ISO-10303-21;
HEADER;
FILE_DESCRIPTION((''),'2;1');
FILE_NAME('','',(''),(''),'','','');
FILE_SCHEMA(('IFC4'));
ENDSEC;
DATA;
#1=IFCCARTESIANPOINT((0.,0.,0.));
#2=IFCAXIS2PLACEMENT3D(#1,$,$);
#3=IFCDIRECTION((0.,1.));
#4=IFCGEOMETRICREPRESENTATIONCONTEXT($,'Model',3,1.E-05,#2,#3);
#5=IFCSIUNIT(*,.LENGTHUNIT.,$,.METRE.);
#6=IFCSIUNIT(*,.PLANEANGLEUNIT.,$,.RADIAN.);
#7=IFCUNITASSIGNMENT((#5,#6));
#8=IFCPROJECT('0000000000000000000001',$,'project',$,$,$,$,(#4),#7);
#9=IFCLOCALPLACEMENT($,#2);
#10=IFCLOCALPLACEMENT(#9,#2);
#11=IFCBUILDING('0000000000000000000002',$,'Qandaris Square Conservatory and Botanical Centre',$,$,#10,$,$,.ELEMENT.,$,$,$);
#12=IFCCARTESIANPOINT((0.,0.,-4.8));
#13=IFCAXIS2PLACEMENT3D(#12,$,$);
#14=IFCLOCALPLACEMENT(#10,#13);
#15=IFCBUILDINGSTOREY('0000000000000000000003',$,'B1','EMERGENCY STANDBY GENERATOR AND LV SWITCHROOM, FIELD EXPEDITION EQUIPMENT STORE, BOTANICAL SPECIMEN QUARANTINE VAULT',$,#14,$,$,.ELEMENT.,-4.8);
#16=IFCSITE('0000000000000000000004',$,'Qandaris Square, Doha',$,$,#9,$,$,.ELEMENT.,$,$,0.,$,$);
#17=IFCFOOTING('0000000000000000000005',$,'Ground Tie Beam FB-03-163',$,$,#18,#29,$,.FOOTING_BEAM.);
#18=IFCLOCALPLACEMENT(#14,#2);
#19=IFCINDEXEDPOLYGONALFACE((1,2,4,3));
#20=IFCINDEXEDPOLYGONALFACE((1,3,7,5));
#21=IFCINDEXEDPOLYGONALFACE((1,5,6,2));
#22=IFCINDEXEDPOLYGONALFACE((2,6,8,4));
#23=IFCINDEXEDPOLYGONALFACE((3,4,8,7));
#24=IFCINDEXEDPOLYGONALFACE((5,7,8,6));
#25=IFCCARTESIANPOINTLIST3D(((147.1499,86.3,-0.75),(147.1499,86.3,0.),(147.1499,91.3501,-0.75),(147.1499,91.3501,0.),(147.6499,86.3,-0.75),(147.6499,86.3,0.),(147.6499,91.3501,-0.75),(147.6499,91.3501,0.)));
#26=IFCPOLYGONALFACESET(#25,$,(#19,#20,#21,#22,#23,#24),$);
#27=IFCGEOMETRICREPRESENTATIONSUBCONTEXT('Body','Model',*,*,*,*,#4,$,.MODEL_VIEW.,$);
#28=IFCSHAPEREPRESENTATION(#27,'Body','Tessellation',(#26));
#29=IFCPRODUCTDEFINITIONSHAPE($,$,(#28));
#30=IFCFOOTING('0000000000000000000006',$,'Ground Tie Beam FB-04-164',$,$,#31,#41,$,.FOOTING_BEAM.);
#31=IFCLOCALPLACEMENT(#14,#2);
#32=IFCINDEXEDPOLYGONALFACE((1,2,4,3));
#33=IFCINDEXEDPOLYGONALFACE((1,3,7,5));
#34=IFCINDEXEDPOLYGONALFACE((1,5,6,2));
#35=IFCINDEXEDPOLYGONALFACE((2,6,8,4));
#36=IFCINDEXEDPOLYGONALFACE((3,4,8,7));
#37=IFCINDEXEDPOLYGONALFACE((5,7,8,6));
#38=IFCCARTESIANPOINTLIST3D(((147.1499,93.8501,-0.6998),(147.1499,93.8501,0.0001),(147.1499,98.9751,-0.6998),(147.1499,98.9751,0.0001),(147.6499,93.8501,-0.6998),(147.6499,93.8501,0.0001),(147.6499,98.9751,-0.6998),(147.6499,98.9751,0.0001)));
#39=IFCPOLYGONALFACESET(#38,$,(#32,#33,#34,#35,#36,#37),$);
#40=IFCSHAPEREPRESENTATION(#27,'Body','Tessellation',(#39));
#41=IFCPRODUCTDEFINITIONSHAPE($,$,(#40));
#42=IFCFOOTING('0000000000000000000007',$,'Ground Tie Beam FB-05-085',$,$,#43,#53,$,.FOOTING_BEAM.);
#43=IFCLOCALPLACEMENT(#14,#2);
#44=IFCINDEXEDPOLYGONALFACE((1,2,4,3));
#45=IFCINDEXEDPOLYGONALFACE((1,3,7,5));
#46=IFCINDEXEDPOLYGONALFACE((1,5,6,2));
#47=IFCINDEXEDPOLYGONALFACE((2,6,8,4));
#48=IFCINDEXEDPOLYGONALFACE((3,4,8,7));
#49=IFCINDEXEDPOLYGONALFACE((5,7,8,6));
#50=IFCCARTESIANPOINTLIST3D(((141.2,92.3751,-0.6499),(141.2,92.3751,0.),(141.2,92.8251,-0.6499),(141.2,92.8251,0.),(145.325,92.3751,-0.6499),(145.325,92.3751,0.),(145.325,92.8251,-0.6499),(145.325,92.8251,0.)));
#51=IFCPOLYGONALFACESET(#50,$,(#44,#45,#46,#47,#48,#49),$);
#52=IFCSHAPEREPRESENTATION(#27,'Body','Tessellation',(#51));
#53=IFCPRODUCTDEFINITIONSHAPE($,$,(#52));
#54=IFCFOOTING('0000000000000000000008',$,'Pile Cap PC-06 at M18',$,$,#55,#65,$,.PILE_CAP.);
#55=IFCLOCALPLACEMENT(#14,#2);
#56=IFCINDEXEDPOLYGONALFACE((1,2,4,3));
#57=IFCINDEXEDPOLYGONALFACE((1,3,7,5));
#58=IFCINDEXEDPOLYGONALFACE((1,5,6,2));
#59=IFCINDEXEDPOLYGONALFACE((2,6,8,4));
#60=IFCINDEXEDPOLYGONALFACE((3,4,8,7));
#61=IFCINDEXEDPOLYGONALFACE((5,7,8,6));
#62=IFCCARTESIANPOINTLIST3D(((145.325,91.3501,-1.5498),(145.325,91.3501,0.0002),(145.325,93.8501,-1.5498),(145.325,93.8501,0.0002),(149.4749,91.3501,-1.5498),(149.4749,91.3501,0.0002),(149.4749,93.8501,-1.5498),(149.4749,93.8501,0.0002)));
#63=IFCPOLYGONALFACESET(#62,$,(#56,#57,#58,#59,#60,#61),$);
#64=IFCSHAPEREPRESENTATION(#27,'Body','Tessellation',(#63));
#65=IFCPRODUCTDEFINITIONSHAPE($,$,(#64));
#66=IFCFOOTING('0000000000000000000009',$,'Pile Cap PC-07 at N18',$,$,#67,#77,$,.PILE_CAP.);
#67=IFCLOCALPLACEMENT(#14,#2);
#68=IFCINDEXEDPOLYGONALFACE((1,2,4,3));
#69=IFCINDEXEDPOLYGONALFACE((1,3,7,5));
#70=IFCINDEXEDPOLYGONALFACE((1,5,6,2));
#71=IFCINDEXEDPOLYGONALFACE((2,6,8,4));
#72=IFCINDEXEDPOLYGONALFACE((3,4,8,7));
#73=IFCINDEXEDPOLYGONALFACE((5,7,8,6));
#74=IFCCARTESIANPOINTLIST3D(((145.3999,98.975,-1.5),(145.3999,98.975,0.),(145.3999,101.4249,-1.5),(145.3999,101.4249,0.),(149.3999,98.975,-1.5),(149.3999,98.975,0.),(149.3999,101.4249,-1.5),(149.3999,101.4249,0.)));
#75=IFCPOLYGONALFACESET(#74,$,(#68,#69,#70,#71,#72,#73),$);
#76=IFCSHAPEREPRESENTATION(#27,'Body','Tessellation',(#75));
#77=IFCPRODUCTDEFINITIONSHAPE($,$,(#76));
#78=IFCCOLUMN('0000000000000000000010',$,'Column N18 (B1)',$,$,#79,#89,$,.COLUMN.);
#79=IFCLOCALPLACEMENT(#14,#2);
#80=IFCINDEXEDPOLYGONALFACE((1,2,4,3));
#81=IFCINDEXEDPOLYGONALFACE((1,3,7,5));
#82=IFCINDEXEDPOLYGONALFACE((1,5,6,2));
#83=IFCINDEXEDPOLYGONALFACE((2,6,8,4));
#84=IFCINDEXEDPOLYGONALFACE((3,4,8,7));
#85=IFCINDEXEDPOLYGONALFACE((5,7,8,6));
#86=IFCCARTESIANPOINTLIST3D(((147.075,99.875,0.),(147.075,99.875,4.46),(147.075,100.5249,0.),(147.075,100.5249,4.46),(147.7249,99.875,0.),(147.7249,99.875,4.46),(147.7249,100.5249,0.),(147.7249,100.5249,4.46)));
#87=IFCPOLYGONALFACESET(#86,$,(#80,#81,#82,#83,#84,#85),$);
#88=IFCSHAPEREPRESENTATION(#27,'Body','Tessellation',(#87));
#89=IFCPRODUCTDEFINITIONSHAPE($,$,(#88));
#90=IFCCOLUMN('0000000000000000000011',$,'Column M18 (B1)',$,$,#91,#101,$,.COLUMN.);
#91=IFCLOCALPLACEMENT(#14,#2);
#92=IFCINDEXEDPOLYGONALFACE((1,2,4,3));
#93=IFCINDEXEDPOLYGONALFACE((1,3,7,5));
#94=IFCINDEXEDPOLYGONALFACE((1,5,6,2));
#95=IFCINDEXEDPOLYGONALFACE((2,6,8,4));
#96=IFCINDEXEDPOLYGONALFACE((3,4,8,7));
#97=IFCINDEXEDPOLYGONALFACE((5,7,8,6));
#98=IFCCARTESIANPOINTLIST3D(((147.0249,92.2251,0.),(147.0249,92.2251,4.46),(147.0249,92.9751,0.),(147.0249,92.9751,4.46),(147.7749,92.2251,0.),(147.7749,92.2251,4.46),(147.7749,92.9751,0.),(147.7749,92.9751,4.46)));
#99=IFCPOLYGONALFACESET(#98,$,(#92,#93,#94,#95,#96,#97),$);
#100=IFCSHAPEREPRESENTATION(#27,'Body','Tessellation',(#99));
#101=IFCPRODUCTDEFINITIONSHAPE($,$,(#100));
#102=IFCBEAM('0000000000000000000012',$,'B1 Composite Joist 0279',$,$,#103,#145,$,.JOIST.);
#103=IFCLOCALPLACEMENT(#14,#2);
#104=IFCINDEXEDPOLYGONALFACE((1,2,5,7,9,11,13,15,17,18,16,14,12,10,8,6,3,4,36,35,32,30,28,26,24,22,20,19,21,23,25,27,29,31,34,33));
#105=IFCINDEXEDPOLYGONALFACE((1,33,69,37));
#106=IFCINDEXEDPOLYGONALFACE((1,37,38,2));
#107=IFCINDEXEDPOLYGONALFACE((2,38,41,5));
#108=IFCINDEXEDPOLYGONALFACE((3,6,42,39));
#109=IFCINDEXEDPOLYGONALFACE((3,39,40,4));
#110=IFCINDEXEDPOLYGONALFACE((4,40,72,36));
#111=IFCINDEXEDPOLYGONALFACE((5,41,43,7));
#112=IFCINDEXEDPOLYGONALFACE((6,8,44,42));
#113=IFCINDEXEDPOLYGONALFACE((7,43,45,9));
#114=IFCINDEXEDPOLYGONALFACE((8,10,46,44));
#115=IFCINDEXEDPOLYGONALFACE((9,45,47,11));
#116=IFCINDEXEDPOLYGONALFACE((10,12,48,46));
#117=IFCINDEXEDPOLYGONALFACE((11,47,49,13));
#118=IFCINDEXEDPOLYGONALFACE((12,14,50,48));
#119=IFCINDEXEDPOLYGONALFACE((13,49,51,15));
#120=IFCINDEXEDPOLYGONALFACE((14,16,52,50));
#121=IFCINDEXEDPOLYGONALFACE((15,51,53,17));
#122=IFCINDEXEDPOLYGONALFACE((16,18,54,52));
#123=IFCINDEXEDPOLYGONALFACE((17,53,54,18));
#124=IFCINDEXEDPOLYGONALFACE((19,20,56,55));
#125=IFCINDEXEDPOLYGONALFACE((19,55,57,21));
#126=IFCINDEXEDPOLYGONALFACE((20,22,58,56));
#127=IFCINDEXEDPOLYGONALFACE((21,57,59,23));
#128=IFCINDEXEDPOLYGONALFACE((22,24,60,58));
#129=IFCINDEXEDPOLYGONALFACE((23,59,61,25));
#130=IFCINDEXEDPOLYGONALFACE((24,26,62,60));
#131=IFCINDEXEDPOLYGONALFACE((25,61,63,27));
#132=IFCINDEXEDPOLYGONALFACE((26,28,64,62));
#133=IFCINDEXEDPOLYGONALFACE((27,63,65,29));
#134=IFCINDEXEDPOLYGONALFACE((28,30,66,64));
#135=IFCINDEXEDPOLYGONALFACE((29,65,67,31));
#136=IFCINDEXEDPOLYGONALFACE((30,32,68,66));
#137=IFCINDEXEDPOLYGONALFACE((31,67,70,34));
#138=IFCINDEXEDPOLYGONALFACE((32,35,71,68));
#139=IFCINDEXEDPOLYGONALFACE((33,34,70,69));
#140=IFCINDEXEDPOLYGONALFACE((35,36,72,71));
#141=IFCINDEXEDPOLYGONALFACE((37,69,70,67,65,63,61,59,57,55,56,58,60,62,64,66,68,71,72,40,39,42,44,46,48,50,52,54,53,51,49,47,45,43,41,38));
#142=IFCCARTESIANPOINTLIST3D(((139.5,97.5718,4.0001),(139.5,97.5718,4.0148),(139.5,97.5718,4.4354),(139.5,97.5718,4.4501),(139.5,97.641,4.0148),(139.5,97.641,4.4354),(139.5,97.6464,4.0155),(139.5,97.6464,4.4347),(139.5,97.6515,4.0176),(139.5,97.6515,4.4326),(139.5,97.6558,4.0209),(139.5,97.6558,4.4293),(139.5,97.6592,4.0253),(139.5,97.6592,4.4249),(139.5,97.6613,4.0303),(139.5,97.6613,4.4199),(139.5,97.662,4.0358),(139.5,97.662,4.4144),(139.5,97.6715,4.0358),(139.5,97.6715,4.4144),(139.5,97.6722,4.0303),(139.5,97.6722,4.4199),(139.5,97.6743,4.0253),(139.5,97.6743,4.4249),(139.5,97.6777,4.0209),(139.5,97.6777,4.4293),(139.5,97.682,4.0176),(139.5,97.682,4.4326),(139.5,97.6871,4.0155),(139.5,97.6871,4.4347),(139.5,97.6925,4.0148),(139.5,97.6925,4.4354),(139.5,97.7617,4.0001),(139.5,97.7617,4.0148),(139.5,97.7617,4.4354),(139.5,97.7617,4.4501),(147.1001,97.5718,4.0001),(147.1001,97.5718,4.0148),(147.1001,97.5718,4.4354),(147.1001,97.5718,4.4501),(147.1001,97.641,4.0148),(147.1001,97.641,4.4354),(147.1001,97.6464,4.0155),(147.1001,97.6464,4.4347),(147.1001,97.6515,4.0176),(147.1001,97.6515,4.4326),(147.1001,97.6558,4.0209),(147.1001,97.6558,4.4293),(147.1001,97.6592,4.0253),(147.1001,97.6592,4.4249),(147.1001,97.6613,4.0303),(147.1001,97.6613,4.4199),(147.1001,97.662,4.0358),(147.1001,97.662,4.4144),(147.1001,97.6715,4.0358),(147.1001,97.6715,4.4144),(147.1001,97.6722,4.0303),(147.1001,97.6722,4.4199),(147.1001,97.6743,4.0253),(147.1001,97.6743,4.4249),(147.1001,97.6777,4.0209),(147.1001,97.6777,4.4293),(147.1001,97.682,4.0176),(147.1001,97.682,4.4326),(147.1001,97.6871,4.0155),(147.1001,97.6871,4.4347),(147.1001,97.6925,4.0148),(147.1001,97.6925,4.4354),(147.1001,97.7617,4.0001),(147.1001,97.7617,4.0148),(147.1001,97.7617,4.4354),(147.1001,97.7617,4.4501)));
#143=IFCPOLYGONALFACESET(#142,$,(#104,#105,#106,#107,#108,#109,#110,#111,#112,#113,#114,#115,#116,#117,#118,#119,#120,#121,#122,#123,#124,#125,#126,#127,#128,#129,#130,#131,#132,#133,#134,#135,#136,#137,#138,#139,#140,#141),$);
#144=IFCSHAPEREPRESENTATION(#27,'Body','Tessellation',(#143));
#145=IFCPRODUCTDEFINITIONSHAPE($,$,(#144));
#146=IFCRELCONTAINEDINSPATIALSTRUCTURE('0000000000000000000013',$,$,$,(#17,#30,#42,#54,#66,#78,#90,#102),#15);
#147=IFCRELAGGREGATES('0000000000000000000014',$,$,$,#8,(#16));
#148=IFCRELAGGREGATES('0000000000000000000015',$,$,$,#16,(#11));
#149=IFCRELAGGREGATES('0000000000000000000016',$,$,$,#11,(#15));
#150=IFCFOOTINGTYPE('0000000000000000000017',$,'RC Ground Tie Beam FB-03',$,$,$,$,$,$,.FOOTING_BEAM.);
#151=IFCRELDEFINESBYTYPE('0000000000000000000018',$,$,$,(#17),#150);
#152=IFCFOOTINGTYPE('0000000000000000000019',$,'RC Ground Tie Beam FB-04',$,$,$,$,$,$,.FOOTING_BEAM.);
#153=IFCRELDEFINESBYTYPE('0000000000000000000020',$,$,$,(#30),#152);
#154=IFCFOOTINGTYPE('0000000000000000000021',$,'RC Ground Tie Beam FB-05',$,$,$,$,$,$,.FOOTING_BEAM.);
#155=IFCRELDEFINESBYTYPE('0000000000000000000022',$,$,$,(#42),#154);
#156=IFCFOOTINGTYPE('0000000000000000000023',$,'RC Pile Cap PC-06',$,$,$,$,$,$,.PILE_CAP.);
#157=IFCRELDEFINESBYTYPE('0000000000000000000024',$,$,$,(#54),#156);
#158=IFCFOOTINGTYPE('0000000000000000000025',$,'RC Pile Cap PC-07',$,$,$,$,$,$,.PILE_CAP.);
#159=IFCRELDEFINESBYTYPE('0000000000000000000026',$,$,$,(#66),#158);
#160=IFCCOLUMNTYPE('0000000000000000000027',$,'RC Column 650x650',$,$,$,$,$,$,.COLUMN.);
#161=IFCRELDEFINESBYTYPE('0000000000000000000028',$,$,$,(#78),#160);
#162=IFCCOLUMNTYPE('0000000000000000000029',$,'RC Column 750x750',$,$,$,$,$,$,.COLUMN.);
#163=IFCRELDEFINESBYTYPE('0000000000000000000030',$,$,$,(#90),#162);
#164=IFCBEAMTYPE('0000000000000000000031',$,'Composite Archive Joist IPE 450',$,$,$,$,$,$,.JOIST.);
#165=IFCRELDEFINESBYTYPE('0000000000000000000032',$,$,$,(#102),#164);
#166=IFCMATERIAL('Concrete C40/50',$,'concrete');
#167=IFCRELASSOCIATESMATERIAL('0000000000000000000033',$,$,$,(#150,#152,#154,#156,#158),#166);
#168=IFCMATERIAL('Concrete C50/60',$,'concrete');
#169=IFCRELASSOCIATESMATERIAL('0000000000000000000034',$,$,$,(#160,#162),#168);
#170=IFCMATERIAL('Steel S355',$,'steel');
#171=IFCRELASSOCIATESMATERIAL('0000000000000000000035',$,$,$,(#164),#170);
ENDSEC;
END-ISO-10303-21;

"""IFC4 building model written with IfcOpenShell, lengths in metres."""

from ifc_helpers import new_model, si_unit, direction, frame, origin, origin_2d, place, context, subcontext, project, spatial, rectangle, i_section, extrude, material, material_profile, profile_set, type_object, element, save


model = new_model("IFC4")

# Units and contexts
model_context = context("Model", 3, precision=1e-05, world=origin(), true_north=direction((0.0, 1.0)))
body_context = subcontext(model_context, "Body", "Model", "MODEL_VIEW")
ifc_project = project(units=[si_unit("LENGTHUNIT", "METRE"), si_unit("PLANEANGLEUNIT", "RADIAN")], contexts=[model_context])

# Site, building, storey
site_placement = place(None, origin())
site = spatial("IfcSite", under=ifc_project, at=site_placement, Name="Qandaris Square, Doha", CompositionType="ELEMENT", RefElevation=0.0)
building_placement = place(site_placement, origin())
building = spatial("IfcBuilding", under=site, at=building_placement, Name="Qandaris Square Conservatory and Botanical Centre", CompositionType="ELEMENT")
storey_placement = place(building_placement, frame((0.0, 0.0, -4.8)))
storey = spatial("IfcBuildingStorey", under=building, at=storey_placement, Name="B1", Description="EMERGENCY STANDBY GENERATOR AND LV SWITCHROOM, FIELD EXPEDITION EQUIPMENT STORE, BOTANICAL SPECIMEN QUARANTINE VAULT", CompositionType="ELEMENT", Elevation=-4.8)

# Shared definitions
ifc_material_1 = material(Name="Concrete C50/60", Category="concrete")

# Footings
ifc_material_2 = material(Name="Concrete C40/50", Category="concrete")
ifc_material_profile_1 = material_profile(ifc_material_2, rectangle(XDim=0.5, YDim=0.75, at=origin_2d()), Name="FB 500x750")
ifc_profile_set_1 = profile_set([ifc_material_profile_1], Name="Concrete C40/50")
footing_type_1 = type_object("IfcFootingType", Name="RC Ground Tie Beam FB-03", PredefinedType="FOOTING_BEAM", material=ifc_profile_set_1)
footing_1_placement = place(storey_placement, frame((147.3999, 86.3, -0.375), z_axis=(0.0, 1.0, 0.0), x_axis=(-1.0, 0.0, 0.0)))
element("IfcFooting", 1, at=footing_1_placement, inside=storey, type_object=footing_type_1, Name="Ground Tie Beam FB-03-163", PredefinedType="FOOTING_BEAM", context=body_context, shape_type="SweptSolid", body=[
    extrude(rectangle(XDim=0.5, YDim=0.75, at=origin_2d()), origin(), (0.0, 0.0, 1.0), 5.05),
])
ifc_material_profile_2 = material_profile(ifc_material_2, rectangle(XDim=0.5, YDim=0.7, at=origin_2d()), Name="FB 500x700")
ifc_profile_set_2 = profile_set([ifc_material_profile_2], Name="Concrete C40/50")
footing_type_2 = type_object("IfcFootingType", Name="RC Ground Tie Beam FB-04", PredefinedType="FOOTING_BEAM", material=ifc_profile_set_2)
footing_2_placement = place(storey_placement, frame((147.3999, 93.8501, -0.3499), z_axis=(0.0, 1.0, 0.0), x_axis=(-1.0, 0.0, 0.0)))
element("IfcFooting", 2, at=footing_2_placement, inside=storey, type_object=footing_type_2, Name="Ground Tie Beam FB-04-164", PredefinedType="FOOTING_BEAM", context=body_context, shape_type="SweptSolid", body=[
    extrude(rectangle(XDim=0.5, YDim=0.7, at=origin_2d()), origin(), (0.0, 0.0, 1.0), 5.125),
])
ifc_material_profile_3 = material_profile(ifc_material_2, rectangle(XDim=0.45, YDim=0.6499, at=origin_2d()), Name="FB 450x650")
ifc_profile_set_3 = profile_set([ifc_material_profile_3], Name="Concrete C40/50")
footing_type_3 = type_object("IfcFootingType", Name="RC Ground Tie Beam FB-05", PredefinedType="FOOTING_BEAM", material=ifc_profile_set_3)
footing_3_placement = place(storey_placement, frame((141.2, 92.6001, -0.325), z_axis=(1.0, 0.0, 0.0), x_axis=(0.0, 1.0, 0.0)))
element("IfcFooting", 3, at=footing_3_placement, inside=storey, type_object=footing_type_3, Name="Ground Tie Beam FB-05-085", PredefinedType="FOOTING_BEAM", context=body_context, shape_type="SweptSolid", body=[
    extrude(rectangle(XDim=0.45, YDim=0.6499, at=origin_2d()), origin(), (0.0, 0.0, 1.0), 4.125),
])
footing_type_4 = type_object("IfcFootingType", Name="RC Pile Cap PC-06", PredefinedType="PILE_CAP", material=ifc_material_2)
footing_4_placement = place(storey_placement, frame((147.3999, 92.6001, -1.5498), z_axis=(0.0, 0.0, 1.0), x_axis=(1.0, 0.0, 0.0)))
element("IfcFooting", 4, at=footing_4_placement, inside=storey, type_object=footing_type_4, Name="Pile Cap PC-06 at M18", PredefinedType="PILE_CAP", context=body_context, shape_type="SweptSolid", body=[
    extrude(rectangle(XDim=4.1499, YDim=2.5, at=origin_2d()), origin(), (0.0, 0.0, 1.0), 1.55),
])
footing_type_5 = type_object("IfcFootingType", Name="RC Pile Cap PC-07", PredefinedType="PILE_CAP", material=ifc_material_2)
footing_5_placement = place(storey_placement, frame((147.3999, 100.2, -1.5), z_axis=(0.0, 0.0, 1.0), x_axis=(1.0, 0.0, 0.0)))
element("IfcFooting", 5, at=footing_5_placement, inside=storey, type_object=footing_type_5, Name="Pile Cap PC-07 at N18", PredefinedType="PILE_CAP", context=body_context, shape_type="SweptSolid", body=[
    extrude(rectangle(XDim=4.0, YDim=2.45, at=origin_2d()), origin(), (0.0, 0.0, 1.0), 1.5),
])

# Columns
ifc_material_profile_4 = material_profile(ifc_material_1, rectangle(XDim=0.6499, YDim=0.6499, at=origin_2d()), Name="RC-COL 650x650")
ifc_profile_set_4 = profile_set([ifc_material_profile_4], Name="Concrete C50/60")
column_type_1 = type_object("IfcColumnType", Name="RC Column 650x650", PredefinedType="COLUMN", material=ifc_profile_set_4)
column_1_placement = place(storey_placement, frame((147.3999, 100.2, 0.0), z_axis=(0.0, 0.0, 1.0), x_axis=(1.0, 0.0, 0.0)))
element("IfcColumn", 6, at=column_1_placement, inside=storey, type_object=column_type_1, Name="Column N18 (B1)", PredefinedType="COLUMN", context=body_context, shape_type="SweptSolid", body=[
    extrude(rectangle(XDim=0.6499, YDim=0.6499, at=origin_2d()), origin(), (0.0, 0.0, 1.0), 4.46),
])
ifc_material_profile_5 = material_profile(ifc_material_1, rectangle(XDim=0.75, YDim=0.75, at=origin_2d()), Name="RC-COL 750x750")
ifc_profile_set_5 = profile_set([ifc_material_profile_5], Name="Concrete C50/60")
column_type_2 = type_object("IfcColumnType", Name="RC Column 750x750", PredefinedType="COLUMN", material=ifc_profile_set_5)
column_2_placement = place(storey_placement, frame((147.3999, 92.6001, 0.0), z_axis=(0.0, 0.0, 1.0), x_axis=(1.0, 0.0, 0.0)))
element("IfcColumn", 7, at=column_2_placement, inside=storey, type_object=column_type_2, Name="Column M18 (B1)", PredefinedType="COLUMN", context=body_context, shape_type="SweptSolid", body=[
    extrude(rectangle(XDim=0.75, YDim=0.75, at=origin_2d()), origin(), (0.0, 0.0, 1.0), 4.46),
])

# Beam
ifc_material_3 = material(Name="Steel S355", Category="steel")
ifc_material_profile_6 = material_profile(ifc_material_3, i_section(OverallWidth=0.1899, OverallDepth=0.45, WebThickness=0.0095, FlangeThickness=0.0146, FilletRadius=0.021, at=origin_2d()), Name="IPE 450")
ifc_profile_set_6 = profile_set([ifc_material_profile_6], Name="Steel S355")
beam_type_1 = type_object("IfcBeamType", Name="Composite Archive Joist IPE 450", PredefinedType="JOIST", material=ifc_profile_set_6)
for number, where, z_axis, x_axis, name in (
    (8, (139.5, 97.6667, 4.2251), (1.0, 0.0, 0.0), (0.0, 1.0, 0.0), "B1 Composite Joist 0279"),
):
    element("IfcBeam", number, at=place(storey_placement, frame(where, z_axis=z_axis, x_axis=x_axis)), inside=storey, type_object=beam_type_1, Name=name, PredefinedType="JOIST", context=body_context, shape_type="SweptSolid", body=[
        extrude(i_section(OverallWidth=0.1899, OverallDepth=0.45, WebThickness=0.0095, FlangeThickness=0.0146, FilletRadius=0.021, at=origin_2d()), origin(), (0.0, 0.0, 1.0), 7.6001),
    ])

save(model, "model.ifc")
